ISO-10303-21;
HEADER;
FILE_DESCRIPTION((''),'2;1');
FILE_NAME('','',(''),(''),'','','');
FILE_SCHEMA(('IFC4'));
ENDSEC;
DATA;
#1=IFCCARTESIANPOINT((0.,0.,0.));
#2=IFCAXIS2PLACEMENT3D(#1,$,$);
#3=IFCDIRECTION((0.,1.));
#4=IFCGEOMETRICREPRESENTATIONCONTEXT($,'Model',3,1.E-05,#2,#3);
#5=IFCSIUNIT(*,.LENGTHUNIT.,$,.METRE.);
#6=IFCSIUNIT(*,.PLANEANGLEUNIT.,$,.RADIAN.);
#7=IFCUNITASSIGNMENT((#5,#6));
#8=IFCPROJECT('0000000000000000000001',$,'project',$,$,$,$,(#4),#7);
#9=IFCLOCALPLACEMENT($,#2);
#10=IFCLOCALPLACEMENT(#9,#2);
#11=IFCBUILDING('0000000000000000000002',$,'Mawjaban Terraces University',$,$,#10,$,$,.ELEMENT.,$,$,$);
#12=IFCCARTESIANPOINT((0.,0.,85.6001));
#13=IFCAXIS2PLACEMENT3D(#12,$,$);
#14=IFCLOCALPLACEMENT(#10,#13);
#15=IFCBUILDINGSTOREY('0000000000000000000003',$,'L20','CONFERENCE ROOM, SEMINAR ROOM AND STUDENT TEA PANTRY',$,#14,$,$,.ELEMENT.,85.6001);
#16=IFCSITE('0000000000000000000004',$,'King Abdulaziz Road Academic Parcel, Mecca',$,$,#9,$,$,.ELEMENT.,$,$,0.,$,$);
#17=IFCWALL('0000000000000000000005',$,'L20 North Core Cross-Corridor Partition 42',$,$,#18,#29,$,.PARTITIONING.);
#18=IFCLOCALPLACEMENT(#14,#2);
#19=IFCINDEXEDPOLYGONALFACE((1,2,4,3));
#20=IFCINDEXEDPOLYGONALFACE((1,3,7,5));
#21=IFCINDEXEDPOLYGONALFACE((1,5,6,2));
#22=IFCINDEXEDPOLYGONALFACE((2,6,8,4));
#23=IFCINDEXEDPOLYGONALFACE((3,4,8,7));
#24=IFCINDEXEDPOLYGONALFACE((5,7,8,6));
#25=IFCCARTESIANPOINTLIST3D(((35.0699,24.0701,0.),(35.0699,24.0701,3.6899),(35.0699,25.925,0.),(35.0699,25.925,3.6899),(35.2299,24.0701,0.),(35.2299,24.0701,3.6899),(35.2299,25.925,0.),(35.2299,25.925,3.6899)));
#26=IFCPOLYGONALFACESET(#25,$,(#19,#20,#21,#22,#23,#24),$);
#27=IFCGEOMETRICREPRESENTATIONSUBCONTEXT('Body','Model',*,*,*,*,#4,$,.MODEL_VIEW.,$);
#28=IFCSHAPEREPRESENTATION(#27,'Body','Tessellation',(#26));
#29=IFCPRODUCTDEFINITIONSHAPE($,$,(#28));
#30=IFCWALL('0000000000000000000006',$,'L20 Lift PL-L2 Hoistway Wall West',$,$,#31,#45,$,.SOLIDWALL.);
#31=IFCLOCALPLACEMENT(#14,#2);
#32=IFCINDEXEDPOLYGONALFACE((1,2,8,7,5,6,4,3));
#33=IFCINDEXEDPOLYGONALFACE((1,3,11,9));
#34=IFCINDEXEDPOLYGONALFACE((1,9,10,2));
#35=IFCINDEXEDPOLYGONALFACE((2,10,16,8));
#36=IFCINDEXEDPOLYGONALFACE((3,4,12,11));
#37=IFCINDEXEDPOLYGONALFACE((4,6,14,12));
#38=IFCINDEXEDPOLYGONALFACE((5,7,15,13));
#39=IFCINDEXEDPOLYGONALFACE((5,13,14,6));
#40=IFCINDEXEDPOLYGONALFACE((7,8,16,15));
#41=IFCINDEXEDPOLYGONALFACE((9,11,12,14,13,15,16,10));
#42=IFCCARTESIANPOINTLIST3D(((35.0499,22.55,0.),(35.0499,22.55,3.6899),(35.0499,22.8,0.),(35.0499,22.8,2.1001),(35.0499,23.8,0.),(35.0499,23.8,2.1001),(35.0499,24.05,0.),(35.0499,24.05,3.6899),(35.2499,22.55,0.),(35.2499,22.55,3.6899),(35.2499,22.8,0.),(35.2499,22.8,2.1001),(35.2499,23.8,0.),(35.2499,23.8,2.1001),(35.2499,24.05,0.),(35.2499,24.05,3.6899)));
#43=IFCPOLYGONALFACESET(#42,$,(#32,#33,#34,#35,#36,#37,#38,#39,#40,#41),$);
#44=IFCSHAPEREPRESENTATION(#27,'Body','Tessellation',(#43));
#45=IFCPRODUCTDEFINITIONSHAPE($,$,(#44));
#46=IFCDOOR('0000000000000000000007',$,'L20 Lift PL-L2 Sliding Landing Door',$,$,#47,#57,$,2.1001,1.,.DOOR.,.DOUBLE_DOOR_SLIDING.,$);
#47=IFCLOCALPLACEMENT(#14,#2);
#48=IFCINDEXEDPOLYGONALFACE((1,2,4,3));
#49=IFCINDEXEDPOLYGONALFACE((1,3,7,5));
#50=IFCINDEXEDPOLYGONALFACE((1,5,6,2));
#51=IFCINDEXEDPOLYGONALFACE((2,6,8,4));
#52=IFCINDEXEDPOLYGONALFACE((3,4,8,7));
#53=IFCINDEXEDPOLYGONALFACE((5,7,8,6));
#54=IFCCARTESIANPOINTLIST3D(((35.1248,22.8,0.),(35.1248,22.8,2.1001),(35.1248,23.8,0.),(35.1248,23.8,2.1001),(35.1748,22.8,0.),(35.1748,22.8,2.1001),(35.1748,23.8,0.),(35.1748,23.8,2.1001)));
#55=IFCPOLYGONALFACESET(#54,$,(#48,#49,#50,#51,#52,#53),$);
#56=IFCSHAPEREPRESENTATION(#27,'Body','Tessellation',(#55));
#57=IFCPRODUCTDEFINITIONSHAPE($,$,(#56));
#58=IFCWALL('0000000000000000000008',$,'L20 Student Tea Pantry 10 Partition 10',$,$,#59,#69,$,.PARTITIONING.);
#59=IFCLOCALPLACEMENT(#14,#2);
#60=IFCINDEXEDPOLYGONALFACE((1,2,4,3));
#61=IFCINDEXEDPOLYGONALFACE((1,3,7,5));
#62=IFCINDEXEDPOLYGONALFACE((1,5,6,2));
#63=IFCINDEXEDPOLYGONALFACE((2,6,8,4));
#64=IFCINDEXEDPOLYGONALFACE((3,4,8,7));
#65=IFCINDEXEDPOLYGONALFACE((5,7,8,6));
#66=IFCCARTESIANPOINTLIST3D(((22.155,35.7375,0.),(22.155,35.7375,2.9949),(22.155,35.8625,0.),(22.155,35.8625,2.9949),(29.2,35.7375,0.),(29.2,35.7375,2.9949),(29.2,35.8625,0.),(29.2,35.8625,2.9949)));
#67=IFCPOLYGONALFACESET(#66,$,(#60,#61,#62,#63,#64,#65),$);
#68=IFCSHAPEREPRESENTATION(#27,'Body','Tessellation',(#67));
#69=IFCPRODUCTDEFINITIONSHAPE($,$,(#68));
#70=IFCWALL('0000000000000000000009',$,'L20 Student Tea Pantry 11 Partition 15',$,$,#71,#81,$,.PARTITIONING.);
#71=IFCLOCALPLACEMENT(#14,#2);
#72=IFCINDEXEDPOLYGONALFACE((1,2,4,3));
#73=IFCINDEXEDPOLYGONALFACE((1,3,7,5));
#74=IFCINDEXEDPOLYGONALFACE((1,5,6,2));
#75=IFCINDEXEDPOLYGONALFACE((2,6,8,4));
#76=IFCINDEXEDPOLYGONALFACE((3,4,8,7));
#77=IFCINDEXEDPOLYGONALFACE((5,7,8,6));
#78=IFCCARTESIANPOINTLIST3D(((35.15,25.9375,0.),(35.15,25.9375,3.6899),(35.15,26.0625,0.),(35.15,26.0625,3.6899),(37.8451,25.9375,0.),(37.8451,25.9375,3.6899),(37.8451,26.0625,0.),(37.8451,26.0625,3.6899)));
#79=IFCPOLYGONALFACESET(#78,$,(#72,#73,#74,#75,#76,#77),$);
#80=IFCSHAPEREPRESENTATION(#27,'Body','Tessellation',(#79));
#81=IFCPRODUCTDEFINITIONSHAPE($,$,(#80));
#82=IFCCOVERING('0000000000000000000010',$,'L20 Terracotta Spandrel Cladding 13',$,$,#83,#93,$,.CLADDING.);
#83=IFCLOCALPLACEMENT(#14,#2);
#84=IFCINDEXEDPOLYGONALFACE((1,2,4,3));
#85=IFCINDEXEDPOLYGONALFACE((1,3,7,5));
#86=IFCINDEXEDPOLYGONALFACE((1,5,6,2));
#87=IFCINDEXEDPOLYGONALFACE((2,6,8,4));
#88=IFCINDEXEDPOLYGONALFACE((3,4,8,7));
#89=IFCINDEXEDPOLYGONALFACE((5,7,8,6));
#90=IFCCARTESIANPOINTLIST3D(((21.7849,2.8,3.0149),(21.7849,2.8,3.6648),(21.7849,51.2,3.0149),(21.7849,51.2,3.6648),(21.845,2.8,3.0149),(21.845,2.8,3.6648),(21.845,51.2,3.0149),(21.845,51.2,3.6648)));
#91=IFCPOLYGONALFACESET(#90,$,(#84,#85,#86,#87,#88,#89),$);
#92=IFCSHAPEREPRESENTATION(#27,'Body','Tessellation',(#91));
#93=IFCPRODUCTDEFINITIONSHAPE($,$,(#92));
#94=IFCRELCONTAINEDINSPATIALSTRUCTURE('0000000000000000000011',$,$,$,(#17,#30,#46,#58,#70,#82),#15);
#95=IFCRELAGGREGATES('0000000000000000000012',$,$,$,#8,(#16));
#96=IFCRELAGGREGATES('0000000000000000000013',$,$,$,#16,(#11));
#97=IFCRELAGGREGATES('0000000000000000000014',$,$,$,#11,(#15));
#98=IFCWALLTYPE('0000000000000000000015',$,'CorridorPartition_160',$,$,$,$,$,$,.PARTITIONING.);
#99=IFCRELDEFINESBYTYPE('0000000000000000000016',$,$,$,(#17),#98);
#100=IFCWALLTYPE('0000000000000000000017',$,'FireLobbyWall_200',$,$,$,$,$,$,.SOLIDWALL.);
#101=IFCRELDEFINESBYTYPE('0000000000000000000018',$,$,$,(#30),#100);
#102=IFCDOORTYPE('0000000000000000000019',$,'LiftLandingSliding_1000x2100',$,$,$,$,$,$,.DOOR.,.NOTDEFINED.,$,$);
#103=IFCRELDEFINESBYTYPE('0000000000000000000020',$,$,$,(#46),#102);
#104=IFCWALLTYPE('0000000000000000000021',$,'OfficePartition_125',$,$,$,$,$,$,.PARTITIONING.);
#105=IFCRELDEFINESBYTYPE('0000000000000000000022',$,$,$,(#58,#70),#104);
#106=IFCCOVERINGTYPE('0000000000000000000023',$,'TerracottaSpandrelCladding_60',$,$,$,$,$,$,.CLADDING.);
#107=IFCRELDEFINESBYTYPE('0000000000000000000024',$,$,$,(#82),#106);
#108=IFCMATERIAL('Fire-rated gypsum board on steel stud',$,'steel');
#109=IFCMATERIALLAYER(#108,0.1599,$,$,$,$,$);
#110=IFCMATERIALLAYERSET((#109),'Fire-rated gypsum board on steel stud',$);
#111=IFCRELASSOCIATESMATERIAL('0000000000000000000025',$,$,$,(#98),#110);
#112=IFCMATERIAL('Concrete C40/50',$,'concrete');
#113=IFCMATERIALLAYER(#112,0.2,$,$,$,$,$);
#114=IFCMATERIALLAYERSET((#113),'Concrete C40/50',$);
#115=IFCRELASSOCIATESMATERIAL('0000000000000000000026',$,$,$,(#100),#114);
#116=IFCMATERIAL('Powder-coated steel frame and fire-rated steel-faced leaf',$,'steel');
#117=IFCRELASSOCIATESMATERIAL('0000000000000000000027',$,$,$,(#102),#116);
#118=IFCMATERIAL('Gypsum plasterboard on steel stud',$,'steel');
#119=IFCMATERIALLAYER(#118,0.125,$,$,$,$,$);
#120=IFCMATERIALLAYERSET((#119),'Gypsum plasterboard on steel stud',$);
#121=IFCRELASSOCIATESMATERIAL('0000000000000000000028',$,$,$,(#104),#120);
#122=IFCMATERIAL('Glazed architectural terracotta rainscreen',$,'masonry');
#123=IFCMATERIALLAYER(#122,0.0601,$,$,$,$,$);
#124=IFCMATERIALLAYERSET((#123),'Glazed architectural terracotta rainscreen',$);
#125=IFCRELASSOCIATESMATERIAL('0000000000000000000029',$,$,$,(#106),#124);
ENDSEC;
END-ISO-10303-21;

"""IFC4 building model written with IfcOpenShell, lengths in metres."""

from ifc_helpers import new_model, si_unit, direction, frame, frame_2d, origin, origin_2d, place, context, subcontext, project, spatial, rectangle, extrude, material, layer, layer_set, type_object, element, fill, save


model = new_model("IFC4")

# Units and contexts
model_context = context("Model", 3, precision=1e-05, world=origin(), true_north=direction((0.0, 1.0)))
body_context = subcontext(model_context, "Body", "Model", "MODEL_VIEW")
ifc_project = project(units=[si_unit("LENGTHUNIT", "METRE"), si_unit("PLANEANGLEUNIT", "RADIAN")], contexts=[model_context])

# Site, building, storey
site_placement = place(None, origin())
site = spatial("IfcSite", under=ifc_project, at=site_placement, Name="King Abdulaziz Road Academic Parcel, Mecca", CompositionType="ELEMENT", RefElevation=0.0)
building_placement = place(site_placement, origin())
building = spatial("IfcBuilding", under=site, at=building_placement, Name="Mawjaban Terraces University", CompositionType="ELEMENT")
storey_placement = place(building_placement, frame((0.0, 0.0, 85.6001)))
storey = spatial("IfcBuildingStorey", under=building, at=storey_placement, Name="L20", Description="CONFERENCE ROOM, SEMINAR ROOM AND STUDENT TEA PANTRY", CompositionType="ELEMENT", Elevation=85.6001)

# Shared definitions
ifc_material_1 = material(Name="Fire-rated gypsum board on steel stud", Category="steel")
ifc_layer_1 = layer(ifc_material_1, 0.1599)
ifc_layer_set_1 = layer_set([ifc_layer_1], Name="Fire-rated gypsum board on steel stud")
wall_type_1 = type_object("IfcWallType", Name="CorridorPartition_160", PredefinedType="PARTITIONING", material=ifc_layer_set_1)

# Wall
wall_1_placement = place(storey_placement, frame((35.1499, 24.0701, 0.0), z_axis=(0.0, 0.0, 1.0), x_axis=(0.0, 1.0, 0.0)))
element("IfcWall", 1, at=wall_1_placement, inside=storey, type_object=wall_type_1, Name="L20 North Core Cross-Corridor Partition 42", PredefinedType="PARTITIONING", context=body_context, shape_type="SweptSolid", body=[
    extrude(rectangle(XDim=1.855, YDim=0.1599, at=frame_2d((0.9275, 0.0))), origin(), (0.0, 0.0, 1.0), 3.6899),
])

# Wall, opening, door
ifc_material_2 = material(Name="Concrete C40/50", Category="concrete")
ifc_layer_2 = layer(ifc_material_2, 0.2)
ifc_layer_set_2 = layer_set([ifc_layer_2], Name="Concrete C40/50")
wall_type_2 = type_object("IfcWallType", Name="FireLobbyWall_200", PredefinedType="SOLIDWALL", material=ifc_layer_set_2)
wall_2_placement = place(storey_placement, frame((35.1499, 24.05, 0.0), z_axis=(0.0, 0.0, 1.0), x_axis=(0.0, -1.0, 0.0)))
wall_2 = element("IfcWall", 2, at=wall_2_placement, inside=storey, type_object=wall_type_2, Name="L20 Lift PL-L2 Hoistway Wall West", PredefinedType="SOLIDWALL", context=body_context, shape_type="SweptSolid", body=[
    extrude(rectangle(XDim=1.5, YDim=0.2, at=frame_2d((0.75, 0.0))), origin(), (0.0, 0.0, 1.0), 3.6899),
])
opening_1_placement = place(wall_2_placement, frame((0.25, 0.0, 0.0)))
opening_1 = element("IfcOpeningElement", 3, at=opening_1_placement, cuts=wall_2, PredefinedType="OPENING", context=body_context, shape_type="SweptSolid", body=[
    extrude(rectangle(XDim=1.0, YDim=2.1001, at=frame_2d((0.5, 1.05))), frame((0.0, 0.1099, 0.0), z_axis=(0.0, -1.0, 0.0), x_axis=(1.0, 0.0, 0.0)), (0.0, 0.0, 1.0), 0.22),
])
ifc_material_3 = material(Name="Powder-coated steel frame and fire-rated steel-faced leaf", Category="steel")
door_type_1 = type_object("IfcDoorType", Name="LiftLandingSliding_1000x2100", OperationType="NOTDEFINED", PredefinedType="DOOR", material=ifc_material_3)
door_1_placement = place(opening_1_placement, origin())
door_1 = element("IfcDoor", 4, at=door_1_placement, inside=storey, type_object=door_type_1, Name="L20 Lift PL-L2 Sliding Landing Door", OperationType="DOUBLE_DOOR_SLIDING", OverallHeight=2.1001, OverallWidth=1.0, PredefinedType="DOOR", context=body_context, shape_type="SweptSolid", body=[
    extrude(rectangle(XDim=1.0, YDim=2.1001, at=frame_2d((0.5, 1.05))), frame((0.0, 0.0249, 0.0), z_axis=(0.0, -1.0, 0.0), x_axis=(1.0, 0.0, 0.0)), (0.0, 0.0, 1.0), 0.05),
])
fill(opening_1, door_1)

# Walls
ifc_material_4 = material(Name="Gypsum plasterboard on steel stud", Category="steel")
ifc_layer_3 = layer(ifc_material_4, 0.125)
ifc_layer_set_3 = layer_set([ifc_layer_3], Name="Gypsum plasterboard on steel stud")
wall_type_3 = type_object("IfcWallType", Name="OfficePartition_125", PredefinedType="PARTITIONING", material=ifc_layer_set_3)
wall_3_placement = place(storey_placement, frame((29.2, 35.8, 0.0), z_axis=(0.0, 0.0, 1.0), x_axis=(-1.0, 0.0, 0.0)))
element("IfcWall", 5, at=wall_3_placement, inside=storey, type_object=wall_type_3, Name="L20 Student Tea Pantry 10 Partition 10", PredefinedType="PARTITIONING", context=body_context, shape_type="SweptSolid", body=[
    extrude(rectangle(XDim=7.0449, YDim=0.125, at=frame_2d((3.5225, 0.0))), origin(), (0.0, 0.0, 1.0), 2.9949),
])
wall_4_placement = place(storey_placement, frame((35.1499, 26.0, 0.0), z_axis=(0.0, 0.0, 1.0), x_axis=(1.0, 0.0, 0.0)))
element("IfcWall", 6, at=wall_4_placement, inside=storey, type_object=wall_type_3, Name="L20 Student Tea Pantry 11 Partition 15", PredefinedType="PARTITIONING", context=body_context, shape_type="SweptSolid", body=[
    extrude(rectangle(XDim=2.6951, YDim=0.125, at=frame_2d((1.3477, 0.0))), origin(), (0.0, 0.0, 1.0), 3.6899),
])

# Covering
ifc_material_5 = material(Name="Glazed architectural terracotta rainscreen", Category="masonry")
ifc_layer_4 = layer(ifc_material_5, 0.0601)
ifc_layer_set_4 = layer_set([ifc_layer_4], Name="Glazed architectural terracotta rainscreen")
covering_type = type_object("IfcCoveringType", Name="TerracottaSpandrelCladding_60", PredefinedType="CLADDING", material=ifc_layer_set_4)
covering_placement = place(storey_placement, frame((21.8149, 27.0, 3.0149), z_axis=(0.0, 0.0, 1.0), x_axis=(0.0, -1.0, 0.0)))
element("IfcCovering", 7, at=covering_placement, inside=storey, type_object=covering_type, Name="L20 Terracotta Spandrel Cladding 13", PredefinedType="CLADDING", context=body_context, shape_type="SweptSolid", body=[
    extrude(rectangle(XDim=48.3999, YDim=0.0601, at=origin_2d()), origin(), (0.0, 0.0, 1.0), 0.6499),
])

save(model, "model.ifc")
